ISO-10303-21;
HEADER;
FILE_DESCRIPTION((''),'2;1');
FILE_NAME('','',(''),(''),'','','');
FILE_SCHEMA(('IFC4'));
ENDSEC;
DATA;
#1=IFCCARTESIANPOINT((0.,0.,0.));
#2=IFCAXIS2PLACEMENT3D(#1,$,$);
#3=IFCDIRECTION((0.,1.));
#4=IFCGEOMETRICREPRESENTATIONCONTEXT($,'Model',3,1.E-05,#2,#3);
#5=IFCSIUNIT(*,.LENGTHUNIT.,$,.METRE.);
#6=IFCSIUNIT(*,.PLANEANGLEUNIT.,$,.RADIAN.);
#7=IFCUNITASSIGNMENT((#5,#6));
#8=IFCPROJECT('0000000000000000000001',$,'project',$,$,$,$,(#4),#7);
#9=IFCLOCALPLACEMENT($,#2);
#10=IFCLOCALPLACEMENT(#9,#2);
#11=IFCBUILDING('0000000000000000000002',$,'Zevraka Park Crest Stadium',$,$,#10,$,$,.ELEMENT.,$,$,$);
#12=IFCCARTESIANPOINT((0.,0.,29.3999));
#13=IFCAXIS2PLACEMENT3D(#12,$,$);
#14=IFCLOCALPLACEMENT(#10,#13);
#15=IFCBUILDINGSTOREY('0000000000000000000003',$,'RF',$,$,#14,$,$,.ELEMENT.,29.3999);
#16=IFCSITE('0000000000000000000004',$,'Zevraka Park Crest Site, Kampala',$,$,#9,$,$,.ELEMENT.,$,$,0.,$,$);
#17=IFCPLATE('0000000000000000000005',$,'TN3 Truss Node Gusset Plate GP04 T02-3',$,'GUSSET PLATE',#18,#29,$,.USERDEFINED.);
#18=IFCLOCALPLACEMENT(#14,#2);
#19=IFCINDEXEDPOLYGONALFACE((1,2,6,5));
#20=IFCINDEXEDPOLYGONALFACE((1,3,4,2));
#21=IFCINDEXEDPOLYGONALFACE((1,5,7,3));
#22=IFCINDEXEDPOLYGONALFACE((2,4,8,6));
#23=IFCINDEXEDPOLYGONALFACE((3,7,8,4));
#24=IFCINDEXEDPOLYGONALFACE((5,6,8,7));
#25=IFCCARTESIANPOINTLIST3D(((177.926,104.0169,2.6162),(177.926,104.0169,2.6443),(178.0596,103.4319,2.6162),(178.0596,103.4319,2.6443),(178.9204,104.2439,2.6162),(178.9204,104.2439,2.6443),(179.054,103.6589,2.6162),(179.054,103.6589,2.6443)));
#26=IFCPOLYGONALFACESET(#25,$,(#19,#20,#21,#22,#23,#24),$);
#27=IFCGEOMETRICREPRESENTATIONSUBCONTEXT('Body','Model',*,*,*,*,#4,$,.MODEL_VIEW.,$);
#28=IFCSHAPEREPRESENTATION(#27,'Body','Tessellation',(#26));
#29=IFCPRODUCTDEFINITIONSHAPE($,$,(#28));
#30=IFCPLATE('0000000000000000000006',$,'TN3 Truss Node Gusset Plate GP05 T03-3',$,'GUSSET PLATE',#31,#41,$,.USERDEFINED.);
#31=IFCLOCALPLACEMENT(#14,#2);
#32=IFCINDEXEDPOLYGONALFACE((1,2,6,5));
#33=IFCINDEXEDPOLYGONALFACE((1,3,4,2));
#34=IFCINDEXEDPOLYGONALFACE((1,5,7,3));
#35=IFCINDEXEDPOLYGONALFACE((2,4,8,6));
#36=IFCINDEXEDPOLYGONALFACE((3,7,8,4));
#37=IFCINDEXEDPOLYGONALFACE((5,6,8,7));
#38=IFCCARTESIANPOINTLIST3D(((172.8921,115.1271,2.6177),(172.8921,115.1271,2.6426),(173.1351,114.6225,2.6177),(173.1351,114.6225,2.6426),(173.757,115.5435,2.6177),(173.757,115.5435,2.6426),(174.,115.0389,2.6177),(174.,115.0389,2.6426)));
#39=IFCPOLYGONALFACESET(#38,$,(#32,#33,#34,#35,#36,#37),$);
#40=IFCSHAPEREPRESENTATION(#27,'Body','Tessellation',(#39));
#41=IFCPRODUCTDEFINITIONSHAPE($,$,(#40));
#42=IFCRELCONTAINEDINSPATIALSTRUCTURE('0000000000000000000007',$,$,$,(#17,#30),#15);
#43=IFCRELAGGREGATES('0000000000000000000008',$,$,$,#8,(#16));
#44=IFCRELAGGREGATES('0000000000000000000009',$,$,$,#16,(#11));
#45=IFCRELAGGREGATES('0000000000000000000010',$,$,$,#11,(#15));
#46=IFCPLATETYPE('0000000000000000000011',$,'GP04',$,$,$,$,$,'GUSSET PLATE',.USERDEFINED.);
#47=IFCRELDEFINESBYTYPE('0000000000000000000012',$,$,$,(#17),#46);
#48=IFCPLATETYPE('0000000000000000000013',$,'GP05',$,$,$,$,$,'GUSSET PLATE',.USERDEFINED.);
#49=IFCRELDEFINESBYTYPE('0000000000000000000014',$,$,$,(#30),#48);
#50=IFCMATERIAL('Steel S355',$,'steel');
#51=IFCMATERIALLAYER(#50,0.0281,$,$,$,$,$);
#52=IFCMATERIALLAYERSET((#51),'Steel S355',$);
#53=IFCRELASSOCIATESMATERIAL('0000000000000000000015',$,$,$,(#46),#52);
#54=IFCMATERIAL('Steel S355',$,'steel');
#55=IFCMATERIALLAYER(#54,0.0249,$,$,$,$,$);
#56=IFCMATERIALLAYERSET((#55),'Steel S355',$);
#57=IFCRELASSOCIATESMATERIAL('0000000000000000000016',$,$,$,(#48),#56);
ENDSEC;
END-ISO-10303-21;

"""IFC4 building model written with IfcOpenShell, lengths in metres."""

from ifc_helpers import new_model, si_unit, direction, frame, origin, origin_2d, place, context, subcontext, project, spatial, rectangle, extrude, material, layer, layer_set, type_object, element, save


model = new_model("IFC4")

# Units and contexts
model_context = context("Model", 3, precision=1e-05, world=origin(), true_north=direction((0.0, 1.0)))
body_context = subcontext(model_context, "Body", "Model", "MODEL_VIEW")
ifc_project = project(units=[si_unit("LENGTHUNIT", "METRE"), si_unit("PLANEANGLEUNIT", "RADIAN")], contexts=[model_context])

# Site, building, storey
site_placement = place(None, origin())
site = spatial("IfcSite", under=ifc_project, at=site_placement, Name="Zevraka Park Crest Site, Kampala", CompositionType="ELEMENT", RefElevation=0.0)
building_placement = place(site_placement, origin())
building = spatial("IfcBuilding", under=site, at=building_placement, Name="Zevraka Park Crest Stadium", CompositionType="ELEMENT")
storey_placement = place(building_placement, frame((0.0, 0.0, 29.3999)))
storey = spatial("IfcBuildingStorey", under=building, at=storey_placement, Name="RF", CompositionType="ELEMENT", Elevation=29.3999)

# Plates
ifc_material_1 = material(Name="Steel S355", Category="steel")
ifc_layer_1 = layer(ifc_material_1, 0.0281)
ifc_layer_set_1 = layer_set([ifc_layer_1], Name="Steel S355")
plate_type_1 = type_object("IfcPlateType", Name="GP04", ElementType="GUSSET PLATE", PredefinedType="USERDEFINED", material=ifc_layer_set_1)
for number, where, z_axis, x_axis, name in (
    (1, (178.49, 103.8379, 2.6162), (0.0, 0.0, 1.0), (0.974917, 0.22257, 0.0), "TN3 Truss Node Gusset Plate GP04 T02-3"),
):
    element("IfcPlate", number, at=place(storey_placement, frame(where, z_axis=z_axis, x_axis=x_axis)), inside=storey, type_object=plate_type_1, Name=name, ObjectType="GUSSET PLATE", PredefinedType="USERDEFINED", context=body_context, shape_type="SweptSolid", body=[
        extrude(rectangle(XDim=1.02, YDim=0.6001, at=origin_2d()), origin(), (0.0, 0.0, 1.0), 0.0281),
    ])
ifc_material_2 = material(Name="Steel S355", Category="steel")
ifc_layer_2 = layer(ifc_material_2, 0.0249)
ifc_layer_set_2 = layer_set([ifc_layer_2], Name="Steel S355")
plate_type_2 = type_object("IfcPlateType", Name="GP05", ElementType="GUSSET PLATE", PredefinedType="USERDEFINED", material=ifc_layer_set_2)
plate_1_placement = place(storey_placement, frame((173.446, 115.083, 2.6177), z_axis=(0.0, 0.0, 1.0), x_axis=(0.901001, 0.433816, 0.0)))
element("IfcPlate", 2, at=plate_1_placement, inside=storey, type_object=plate_type_2, Name="TN3 Truss Node Gusset Plate GP05 T03-3", ObjectType="GUSSET PLATE", PredefinedType="USERDEFINED", context=body_context, shape_type="SweptSolid", body=[
    extrude(rectangle(XDim=0.96, YDim=0.5601, at=origin_2d()), origin(), (0.0, 0.0, 1.0), 0.0249),
])

save(model, "model.ifc")
